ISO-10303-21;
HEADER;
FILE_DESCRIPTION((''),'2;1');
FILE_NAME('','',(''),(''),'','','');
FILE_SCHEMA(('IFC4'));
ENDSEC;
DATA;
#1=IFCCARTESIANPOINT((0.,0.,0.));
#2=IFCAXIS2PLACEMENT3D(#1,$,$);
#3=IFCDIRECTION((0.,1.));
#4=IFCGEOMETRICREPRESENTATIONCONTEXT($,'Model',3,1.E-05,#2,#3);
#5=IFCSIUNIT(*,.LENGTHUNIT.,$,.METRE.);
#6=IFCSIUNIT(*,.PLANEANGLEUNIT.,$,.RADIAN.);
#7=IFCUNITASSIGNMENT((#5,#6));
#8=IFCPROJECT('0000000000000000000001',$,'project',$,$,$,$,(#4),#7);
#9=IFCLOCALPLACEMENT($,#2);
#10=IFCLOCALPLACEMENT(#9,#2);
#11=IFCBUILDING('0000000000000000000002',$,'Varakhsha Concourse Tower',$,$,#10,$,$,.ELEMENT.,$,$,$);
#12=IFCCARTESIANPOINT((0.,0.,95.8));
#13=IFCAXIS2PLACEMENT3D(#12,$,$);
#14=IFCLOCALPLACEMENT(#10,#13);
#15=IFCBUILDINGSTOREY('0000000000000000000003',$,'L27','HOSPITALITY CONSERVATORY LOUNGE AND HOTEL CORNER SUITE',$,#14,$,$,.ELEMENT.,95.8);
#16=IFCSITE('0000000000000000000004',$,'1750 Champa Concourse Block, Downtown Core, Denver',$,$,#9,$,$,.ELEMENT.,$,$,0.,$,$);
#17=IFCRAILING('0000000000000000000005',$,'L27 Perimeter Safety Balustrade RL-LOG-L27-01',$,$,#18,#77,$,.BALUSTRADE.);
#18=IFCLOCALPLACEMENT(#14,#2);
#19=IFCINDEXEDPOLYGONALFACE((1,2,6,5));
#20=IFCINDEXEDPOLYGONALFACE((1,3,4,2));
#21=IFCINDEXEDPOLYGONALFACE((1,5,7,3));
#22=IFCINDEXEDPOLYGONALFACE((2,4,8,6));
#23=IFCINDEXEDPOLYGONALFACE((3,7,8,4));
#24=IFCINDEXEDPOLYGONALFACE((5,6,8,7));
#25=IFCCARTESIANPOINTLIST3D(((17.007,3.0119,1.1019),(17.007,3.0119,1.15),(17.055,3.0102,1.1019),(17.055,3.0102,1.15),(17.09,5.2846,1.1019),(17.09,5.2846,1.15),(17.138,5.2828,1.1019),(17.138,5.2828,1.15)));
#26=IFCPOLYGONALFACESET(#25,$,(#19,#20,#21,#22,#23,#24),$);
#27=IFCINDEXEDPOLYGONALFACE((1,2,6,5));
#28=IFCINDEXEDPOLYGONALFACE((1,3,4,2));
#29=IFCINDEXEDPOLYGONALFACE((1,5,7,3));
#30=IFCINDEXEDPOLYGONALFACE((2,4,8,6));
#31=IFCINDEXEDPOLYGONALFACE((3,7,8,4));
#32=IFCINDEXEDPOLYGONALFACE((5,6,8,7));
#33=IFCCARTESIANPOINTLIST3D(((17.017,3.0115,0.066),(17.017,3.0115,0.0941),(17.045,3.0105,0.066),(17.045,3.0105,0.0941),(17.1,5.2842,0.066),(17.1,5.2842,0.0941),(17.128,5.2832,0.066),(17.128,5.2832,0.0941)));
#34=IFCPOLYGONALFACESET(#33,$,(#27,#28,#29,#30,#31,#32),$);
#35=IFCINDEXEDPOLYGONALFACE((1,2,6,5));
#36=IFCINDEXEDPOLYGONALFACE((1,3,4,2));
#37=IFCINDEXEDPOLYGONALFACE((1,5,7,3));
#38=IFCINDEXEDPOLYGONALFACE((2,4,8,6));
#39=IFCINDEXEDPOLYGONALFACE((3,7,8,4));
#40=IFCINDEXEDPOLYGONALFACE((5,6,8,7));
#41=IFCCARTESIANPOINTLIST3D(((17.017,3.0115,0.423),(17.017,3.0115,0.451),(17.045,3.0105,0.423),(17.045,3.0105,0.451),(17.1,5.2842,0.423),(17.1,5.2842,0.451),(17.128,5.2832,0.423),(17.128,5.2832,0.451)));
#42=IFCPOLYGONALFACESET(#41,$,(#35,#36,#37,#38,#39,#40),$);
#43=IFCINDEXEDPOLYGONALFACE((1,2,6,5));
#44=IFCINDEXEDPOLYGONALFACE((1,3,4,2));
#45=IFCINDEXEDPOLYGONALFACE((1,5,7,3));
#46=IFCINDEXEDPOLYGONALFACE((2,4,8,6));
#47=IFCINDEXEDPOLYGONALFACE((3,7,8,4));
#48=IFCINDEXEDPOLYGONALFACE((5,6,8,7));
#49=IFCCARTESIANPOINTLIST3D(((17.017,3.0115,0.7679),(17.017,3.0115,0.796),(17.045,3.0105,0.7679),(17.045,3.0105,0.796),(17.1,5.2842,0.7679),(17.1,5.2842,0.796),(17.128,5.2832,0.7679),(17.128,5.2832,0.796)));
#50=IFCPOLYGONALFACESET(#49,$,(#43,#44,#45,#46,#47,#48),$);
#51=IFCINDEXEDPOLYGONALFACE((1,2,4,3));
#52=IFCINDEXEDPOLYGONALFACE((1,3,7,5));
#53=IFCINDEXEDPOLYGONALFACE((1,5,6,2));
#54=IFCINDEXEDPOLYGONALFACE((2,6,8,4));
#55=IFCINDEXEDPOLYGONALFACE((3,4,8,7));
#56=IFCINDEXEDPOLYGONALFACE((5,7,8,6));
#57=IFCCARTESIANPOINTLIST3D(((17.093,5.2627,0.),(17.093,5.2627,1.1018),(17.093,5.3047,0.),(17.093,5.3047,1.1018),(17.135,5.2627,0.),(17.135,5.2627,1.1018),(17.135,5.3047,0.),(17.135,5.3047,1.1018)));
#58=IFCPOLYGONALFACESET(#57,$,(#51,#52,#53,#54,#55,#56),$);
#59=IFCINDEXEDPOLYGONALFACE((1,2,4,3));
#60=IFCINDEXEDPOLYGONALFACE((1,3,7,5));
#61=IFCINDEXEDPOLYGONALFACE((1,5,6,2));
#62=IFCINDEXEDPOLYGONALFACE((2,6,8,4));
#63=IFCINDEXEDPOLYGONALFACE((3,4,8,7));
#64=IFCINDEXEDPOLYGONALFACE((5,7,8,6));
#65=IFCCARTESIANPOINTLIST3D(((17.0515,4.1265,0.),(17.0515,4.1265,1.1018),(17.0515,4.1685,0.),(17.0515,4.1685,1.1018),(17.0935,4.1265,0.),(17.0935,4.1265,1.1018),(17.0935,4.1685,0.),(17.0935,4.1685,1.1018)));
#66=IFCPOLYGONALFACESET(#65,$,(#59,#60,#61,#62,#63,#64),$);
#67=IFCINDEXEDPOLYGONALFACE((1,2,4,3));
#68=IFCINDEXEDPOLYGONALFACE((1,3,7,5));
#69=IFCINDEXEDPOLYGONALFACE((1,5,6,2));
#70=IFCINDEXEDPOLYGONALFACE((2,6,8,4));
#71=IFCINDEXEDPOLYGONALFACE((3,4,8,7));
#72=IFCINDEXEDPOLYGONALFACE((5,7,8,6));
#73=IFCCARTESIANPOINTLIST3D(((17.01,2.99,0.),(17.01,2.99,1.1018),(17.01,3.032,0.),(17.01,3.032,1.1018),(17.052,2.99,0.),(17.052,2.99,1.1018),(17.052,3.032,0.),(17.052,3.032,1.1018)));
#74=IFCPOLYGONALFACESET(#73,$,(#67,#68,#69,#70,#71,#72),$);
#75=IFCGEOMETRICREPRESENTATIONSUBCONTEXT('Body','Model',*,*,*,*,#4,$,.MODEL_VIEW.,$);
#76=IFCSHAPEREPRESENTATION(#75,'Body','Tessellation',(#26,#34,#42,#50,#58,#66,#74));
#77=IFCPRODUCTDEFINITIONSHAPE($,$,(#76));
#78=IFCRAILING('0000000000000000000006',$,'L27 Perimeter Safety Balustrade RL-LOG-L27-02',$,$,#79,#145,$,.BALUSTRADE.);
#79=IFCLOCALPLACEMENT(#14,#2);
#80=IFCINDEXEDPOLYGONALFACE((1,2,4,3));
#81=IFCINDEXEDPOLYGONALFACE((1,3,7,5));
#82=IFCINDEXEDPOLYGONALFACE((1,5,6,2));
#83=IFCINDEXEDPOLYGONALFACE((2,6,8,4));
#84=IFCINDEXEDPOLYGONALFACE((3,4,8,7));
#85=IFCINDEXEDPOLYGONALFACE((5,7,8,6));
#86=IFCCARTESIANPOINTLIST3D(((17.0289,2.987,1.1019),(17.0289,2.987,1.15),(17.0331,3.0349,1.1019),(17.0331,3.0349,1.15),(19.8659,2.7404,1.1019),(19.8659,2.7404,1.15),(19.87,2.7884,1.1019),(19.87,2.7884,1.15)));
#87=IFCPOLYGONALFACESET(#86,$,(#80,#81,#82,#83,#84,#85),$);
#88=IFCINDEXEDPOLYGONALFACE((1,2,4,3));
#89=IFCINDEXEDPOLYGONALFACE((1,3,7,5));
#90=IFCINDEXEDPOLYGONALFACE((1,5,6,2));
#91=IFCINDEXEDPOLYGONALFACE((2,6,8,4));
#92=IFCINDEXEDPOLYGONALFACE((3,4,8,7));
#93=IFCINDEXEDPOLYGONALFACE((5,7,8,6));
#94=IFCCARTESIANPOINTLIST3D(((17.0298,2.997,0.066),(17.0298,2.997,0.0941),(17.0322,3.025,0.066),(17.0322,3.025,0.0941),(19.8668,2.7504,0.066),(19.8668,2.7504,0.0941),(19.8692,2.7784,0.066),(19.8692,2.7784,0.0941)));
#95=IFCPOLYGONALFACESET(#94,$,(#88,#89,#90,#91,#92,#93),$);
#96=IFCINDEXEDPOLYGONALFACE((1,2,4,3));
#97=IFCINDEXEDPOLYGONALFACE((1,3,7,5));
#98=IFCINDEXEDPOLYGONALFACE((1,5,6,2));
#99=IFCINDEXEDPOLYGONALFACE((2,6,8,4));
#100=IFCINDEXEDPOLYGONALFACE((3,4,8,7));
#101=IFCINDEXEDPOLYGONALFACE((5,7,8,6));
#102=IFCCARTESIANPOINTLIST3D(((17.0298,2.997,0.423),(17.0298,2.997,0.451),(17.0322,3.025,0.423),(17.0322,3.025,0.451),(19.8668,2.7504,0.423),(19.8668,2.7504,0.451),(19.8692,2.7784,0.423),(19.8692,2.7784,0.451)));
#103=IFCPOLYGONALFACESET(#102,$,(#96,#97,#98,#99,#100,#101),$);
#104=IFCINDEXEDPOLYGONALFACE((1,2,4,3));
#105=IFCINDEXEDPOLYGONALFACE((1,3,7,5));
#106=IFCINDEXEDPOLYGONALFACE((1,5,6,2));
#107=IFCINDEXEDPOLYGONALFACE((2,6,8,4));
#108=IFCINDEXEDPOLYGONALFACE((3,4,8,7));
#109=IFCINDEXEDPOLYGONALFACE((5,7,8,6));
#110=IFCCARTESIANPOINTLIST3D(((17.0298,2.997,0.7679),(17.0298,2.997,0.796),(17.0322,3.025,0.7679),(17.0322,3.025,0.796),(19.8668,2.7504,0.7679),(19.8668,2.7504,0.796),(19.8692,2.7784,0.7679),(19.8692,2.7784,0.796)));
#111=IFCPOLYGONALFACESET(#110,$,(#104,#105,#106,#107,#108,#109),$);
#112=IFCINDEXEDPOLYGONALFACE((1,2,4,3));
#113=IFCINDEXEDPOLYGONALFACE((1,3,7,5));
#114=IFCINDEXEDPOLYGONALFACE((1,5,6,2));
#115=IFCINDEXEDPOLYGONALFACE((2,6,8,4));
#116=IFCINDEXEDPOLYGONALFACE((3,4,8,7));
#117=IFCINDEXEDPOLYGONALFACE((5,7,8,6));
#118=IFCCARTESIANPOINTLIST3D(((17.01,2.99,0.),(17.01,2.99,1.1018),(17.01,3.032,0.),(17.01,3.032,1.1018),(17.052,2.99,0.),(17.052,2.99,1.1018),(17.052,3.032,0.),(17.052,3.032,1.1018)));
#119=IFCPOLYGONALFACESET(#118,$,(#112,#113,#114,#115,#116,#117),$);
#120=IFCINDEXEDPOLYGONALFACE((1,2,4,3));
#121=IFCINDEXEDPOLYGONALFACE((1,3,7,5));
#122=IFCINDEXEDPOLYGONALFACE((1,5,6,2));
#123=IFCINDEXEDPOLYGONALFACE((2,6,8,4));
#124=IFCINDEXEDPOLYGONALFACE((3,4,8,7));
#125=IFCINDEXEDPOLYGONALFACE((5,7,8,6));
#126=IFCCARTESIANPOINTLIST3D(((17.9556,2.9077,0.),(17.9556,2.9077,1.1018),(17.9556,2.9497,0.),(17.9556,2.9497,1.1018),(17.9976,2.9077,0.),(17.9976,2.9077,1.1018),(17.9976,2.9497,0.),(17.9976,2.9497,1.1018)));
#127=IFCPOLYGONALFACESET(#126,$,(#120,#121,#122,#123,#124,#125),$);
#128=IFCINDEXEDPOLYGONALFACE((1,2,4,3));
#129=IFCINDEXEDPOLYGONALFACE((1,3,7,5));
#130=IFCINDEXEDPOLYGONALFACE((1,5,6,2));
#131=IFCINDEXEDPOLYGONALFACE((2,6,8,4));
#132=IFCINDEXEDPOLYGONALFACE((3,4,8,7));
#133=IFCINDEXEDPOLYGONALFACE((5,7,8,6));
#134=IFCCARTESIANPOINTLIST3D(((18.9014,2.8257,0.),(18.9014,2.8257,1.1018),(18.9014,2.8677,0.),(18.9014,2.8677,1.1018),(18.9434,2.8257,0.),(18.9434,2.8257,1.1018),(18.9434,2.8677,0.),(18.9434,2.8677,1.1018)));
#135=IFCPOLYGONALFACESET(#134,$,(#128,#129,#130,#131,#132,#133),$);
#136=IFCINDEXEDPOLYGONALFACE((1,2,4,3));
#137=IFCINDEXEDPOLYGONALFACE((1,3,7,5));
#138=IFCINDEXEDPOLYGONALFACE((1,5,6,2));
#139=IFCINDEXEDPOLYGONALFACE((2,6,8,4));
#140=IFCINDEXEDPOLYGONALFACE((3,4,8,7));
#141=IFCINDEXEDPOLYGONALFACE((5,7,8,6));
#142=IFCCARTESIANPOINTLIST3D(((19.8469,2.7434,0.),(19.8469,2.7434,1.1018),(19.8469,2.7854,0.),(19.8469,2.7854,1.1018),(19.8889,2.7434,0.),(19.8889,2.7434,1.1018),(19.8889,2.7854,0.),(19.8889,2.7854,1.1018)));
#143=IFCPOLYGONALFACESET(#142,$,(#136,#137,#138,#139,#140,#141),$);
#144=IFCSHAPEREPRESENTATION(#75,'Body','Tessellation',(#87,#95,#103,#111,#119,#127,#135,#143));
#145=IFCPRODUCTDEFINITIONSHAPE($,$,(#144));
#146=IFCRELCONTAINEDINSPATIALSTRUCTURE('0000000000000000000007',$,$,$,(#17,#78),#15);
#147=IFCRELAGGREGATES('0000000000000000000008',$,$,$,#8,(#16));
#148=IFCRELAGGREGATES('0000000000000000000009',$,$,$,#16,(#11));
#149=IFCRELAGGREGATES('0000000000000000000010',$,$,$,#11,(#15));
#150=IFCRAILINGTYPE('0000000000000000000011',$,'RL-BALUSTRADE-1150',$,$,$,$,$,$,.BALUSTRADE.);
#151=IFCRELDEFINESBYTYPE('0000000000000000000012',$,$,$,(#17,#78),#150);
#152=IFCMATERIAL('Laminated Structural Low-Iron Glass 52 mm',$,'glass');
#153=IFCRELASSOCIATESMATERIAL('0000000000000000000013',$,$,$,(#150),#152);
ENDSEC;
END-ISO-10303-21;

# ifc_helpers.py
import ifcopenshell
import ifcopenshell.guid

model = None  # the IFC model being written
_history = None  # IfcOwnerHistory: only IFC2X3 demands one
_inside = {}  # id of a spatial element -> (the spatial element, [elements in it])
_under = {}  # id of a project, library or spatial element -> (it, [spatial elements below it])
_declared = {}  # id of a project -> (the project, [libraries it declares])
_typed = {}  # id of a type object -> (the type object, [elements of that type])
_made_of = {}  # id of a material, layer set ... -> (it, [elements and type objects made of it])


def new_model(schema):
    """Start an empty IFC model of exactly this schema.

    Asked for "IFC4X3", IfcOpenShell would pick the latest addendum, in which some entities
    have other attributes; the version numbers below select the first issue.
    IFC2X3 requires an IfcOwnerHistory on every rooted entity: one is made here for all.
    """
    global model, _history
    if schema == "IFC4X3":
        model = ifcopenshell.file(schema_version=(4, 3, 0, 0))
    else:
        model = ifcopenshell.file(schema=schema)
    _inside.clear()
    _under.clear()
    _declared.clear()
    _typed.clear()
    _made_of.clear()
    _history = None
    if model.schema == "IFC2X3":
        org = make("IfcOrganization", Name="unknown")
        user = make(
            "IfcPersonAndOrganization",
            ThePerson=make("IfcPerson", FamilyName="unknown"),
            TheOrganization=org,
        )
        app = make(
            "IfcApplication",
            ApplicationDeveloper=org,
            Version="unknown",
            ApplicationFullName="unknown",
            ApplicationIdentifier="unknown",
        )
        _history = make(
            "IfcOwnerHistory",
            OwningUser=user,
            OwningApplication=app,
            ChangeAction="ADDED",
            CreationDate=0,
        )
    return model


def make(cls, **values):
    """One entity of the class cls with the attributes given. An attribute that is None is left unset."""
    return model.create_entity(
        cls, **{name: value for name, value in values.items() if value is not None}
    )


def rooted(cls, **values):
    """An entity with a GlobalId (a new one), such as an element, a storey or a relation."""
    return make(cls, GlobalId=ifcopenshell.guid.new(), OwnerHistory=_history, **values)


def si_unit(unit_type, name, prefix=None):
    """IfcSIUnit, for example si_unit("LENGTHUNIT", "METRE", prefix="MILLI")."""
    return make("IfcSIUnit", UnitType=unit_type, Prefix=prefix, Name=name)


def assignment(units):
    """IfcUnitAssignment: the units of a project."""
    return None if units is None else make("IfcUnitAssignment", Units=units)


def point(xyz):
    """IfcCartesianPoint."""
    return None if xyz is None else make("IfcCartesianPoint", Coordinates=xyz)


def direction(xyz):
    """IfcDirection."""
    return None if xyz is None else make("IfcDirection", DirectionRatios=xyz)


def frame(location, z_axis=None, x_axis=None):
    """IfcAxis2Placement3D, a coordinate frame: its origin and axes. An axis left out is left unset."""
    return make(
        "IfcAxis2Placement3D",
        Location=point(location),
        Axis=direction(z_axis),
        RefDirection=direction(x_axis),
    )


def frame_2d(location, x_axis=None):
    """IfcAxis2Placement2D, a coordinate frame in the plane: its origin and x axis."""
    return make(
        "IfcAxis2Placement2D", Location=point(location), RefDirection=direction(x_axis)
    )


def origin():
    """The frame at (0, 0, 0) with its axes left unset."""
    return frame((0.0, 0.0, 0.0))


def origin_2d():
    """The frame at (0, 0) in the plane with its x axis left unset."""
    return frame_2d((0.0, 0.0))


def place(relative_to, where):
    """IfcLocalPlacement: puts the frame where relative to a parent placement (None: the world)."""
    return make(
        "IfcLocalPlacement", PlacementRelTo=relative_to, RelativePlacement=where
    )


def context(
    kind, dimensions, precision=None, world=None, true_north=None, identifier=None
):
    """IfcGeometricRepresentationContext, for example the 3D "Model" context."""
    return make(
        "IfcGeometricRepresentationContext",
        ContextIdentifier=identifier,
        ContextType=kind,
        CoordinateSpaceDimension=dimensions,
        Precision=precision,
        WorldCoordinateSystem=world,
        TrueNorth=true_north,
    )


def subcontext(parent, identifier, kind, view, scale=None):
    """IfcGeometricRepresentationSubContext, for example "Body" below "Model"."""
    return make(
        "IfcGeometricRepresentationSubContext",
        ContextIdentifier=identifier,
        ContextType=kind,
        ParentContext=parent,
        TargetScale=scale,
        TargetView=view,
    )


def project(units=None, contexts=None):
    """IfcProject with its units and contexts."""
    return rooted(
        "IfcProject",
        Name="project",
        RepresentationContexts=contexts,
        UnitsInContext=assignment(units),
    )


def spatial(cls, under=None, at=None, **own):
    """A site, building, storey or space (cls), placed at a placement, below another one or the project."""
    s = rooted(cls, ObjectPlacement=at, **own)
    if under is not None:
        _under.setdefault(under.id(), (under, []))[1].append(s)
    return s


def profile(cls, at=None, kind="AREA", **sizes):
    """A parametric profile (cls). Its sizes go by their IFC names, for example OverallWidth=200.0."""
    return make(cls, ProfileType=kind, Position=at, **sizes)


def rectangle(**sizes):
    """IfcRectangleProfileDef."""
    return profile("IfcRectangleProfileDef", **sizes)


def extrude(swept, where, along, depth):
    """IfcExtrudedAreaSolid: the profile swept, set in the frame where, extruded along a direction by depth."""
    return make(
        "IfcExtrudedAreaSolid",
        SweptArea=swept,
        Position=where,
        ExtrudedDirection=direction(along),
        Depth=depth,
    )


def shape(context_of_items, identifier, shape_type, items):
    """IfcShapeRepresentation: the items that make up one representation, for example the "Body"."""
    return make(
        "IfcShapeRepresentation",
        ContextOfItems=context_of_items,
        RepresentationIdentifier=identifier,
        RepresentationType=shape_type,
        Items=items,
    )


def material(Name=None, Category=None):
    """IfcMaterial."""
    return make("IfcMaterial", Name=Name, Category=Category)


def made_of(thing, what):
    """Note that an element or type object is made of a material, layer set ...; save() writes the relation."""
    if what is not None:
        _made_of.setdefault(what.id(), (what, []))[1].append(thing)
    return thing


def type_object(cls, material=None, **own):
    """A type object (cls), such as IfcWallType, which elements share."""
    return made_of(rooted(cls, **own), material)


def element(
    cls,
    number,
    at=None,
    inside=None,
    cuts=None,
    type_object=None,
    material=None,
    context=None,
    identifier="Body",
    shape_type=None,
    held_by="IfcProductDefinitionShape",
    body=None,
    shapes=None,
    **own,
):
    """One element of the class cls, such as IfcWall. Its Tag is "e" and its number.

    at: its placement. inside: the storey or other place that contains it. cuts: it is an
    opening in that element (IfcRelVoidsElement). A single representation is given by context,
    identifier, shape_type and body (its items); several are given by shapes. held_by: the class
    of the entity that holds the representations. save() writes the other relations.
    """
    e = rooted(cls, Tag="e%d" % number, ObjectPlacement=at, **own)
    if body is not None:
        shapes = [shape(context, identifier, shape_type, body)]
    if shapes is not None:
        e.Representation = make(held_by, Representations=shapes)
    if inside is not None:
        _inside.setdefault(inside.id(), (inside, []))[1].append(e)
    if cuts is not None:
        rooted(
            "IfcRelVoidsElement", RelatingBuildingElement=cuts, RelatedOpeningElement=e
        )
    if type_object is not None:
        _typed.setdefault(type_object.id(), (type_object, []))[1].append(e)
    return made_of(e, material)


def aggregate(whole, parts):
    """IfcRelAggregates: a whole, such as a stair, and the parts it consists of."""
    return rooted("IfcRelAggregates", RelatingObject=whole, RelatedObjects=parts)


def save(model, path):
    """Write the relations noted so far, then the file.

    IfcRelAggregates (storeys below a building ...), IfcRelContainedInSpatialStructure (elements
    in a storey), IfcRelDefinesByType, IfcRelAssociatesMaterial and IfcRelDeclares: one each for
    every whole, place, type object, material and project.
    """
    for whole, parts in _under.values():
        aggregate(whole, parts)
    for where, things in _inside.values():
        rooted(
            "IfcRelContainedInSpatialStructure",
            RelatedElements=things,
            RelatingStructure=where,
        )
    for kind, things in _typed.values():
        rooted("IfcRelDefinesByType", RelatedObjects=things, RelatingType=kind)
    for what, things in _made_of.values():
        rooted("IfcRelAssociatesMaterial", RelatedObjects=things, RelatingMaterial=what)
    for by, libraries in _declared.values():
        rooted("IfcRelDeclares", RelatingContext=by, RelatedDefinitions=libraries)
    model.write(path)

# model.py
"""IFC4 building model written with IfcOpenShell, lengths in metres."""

from ifc_helpers import new_model, si_unit, direction, frame, origin, origin_2d, place, context, subcontext, project, spatial, rectangle, extrude, material, type_object, element, save


model = new_model("IFC4")

# Units and contexts
model_context = context("Model", 3, precision=1e-05, world=origin(), true_north=direction((0.0, 1.0)))
body_context = subcontext(model_context, "Body", "Model", "MODEL_VIEW")
ifc_project = project(units=[si_unit("LENGTHUNIT", "METRE"), si_unit("PLANEANGLEUNIT", "RADIAN")], contexts=[model_context])

# Site, building, storey
site_placement = place(None, origin())
site = spatial("IfcSite", under=ifc_project, at=site_placement, Name="1750 Champa Concourse Block, Downtown Core, Denver", CompositionType="ELEMENT", RefElevation=0.0)
building_placement = place(site_placement, origin())
building = spatial("IfcBuilding", under=site, at=building_placement, Name="Varakhsha Concourse Tower", CompositionType="ELEMENT")
storey_placement = place(building_placement, frame((0.0, 0.0, 95.8)))
storey = spatial("IfcBuildingStorey", under=building, at=storey_placement, Name="L27", Description="HOSPITALITY CONSERVATORY LOUNGE AND HOTEL CORNER SUITE", CompositionType="ELEMENT", Elevation=95.8)

# Railings
ifc_material_1 = material(Name="Laminated Structural Low-Iron Glass 52 mm", Category="glass")
railing_type = type_object("IfcRailingType", Name="RL-BALUSTRADE-1150", PredefinedType="BALUSTRADE", material=ifc_material_1)
railing_1_placement = place(storey_placement, frame((17.114, 5.2837, 0.0)))
element("IfcRailing", 1, at=railing_1_placement, inside=storey, type_object=railing_type, Name="L27 Perimeter Safety Balustrade RL-LOG-L27-01", PredefinedType="BALUSTRADE", context=body_context, shape_type="SweptSolid", body=[
    extrude(rectangle(XDim=0.0481, YDim=0.0481, at=origin_2d()), frame((0.0, 0.0, 1.126), z_axis=(-0.036499, -0.999334, 0.0), x_axis=(0.999334, -0.036499, 0.0)), (0.0, 0.0, 1.0), 2.2742),
    extrude(rectangle(XDim=0.0281, YDim=0.0281, at=origin_2d()), frame((0.0, 0.0, 0.0801), z_axis=(-0.036499, -0.999334, 0.0), x_axis=(0.999334, -0.036499, 0.0)), (0.0, 0.0, 1.0), 2.2742),
    extrude(rectangle(XDim=0.0281, YDim=0.0281, at=origin_2d()), frame((0.0, 0.0, 0.437), z_axis=(-0.036499, -0.999334, 0.0), x_axis=(0.999334, -0.036499, 0.0)), (0.0, 0.0, 1.0), 2.2742),
    extrude(rectangle(XDim=0.0281, YDim=0.0281, at=origin_2d()), frame((0.0, 0.0, 0.782), z_axis=(-0.036499, -0.999334, 0.0), x_axis=(0.999334, -0.036499, 0.0)), (0.0, 0.0, 1.0), 2.2742),
    extrude(rectangle(XDim=0.042, YDim=0.042, at=origin_2d()), origin(), (0.0, 0.0, 1.0), 1.1018),
    extrude(rectangle(XDim=0.042, YDim=0.042, at=origin_2d()), frame((-0.0415, -1.1362, 0.0)), (0.0, 0.0, 1.0), 1.1018),
    extrude(rectangle(XDim=0.042, YDim=0.042, at=origin_2d()), frame((-0.083, -2.2727, 0.0)), (0.0, 0.0, 1.0), 1.1018),
])
railing_2_placement = place(storey_placement, frame((17.031, 3.011, 0.0)))
element("IfcRailing", 2, at=railing_2_placement, inside=storey, type_object=railing_type, Name="L27 Perimeter Safety Balustrade RL-LOG-L27-02", PredefinedType="BALUSTRADE", context=body_context, shape_type="SweptSolid", body=[
    extrude(rectangle(XDim=0.0481, YDim=0.0481, at=origin_2d()), frame((0.0, 0.0, 1.126), z_axis=(0.996244, -0.086593, 0.0), x_axis=(0.086593, 0.996244, 0.0)), (0.0, 0.0, 1.0), 2.8477),
    extrude(rectangle(XDim=0.0281, YDim=0.0281, at=origin_2d()), frame((0.0, 0.0, 0.0801), z_axis=(0.996244, -0.086593, 0.0), x_axis=(0.086593, 0.996244, 0.0)), (0.0, 0.0, 1.0), 2.8477),
    extrude(rectangle(XDim=0.0281, YDim=0.0281, at=origin_2d()), frame((0.0, 0.0, 0.437), z_axis=(0.996244, -0.086593, 0.0), x_axis=(0.086593, 0.996244, 0.0)), (0.0, 0.0, 1.0), 2.8477),
    extrude(rectangle(XDim=0.0281, YDim=0.0281, at=origin_2d()), frame((0.0, 0.0, 0.782), z_axis=(0.996244, -0.086593, 0.0), x_axis=(0.086593, 0.996244, 0.0)), (0.0, 0.0, 1.0), 2.8477),
    extrude(rectangle(XDim=0.042, YDim=0.042, at=origin_2d()), origin(), (0.0, 0.0, 1.0), 1.1018),
    extrude(rectangle(XDim=0.042, YDim=0.042, at=origin_2d()), frame((0.9456, -0.0823, 0.0)), (0.0, 0.0, 1.0), 1.1018),
    extrude(rectangle(XDim=0.042, YDim=0.042, at=origin_2d()), frame((1.8914, -0.1643, 0.0)), (0.0, 0.0, 1.0), 1.1018),
    extrude(rectangle(XDim=0.042, YDim=0.042, at=origin_2d()), frame((2.8369, -0.2466, 0.0)), (0.0, 0.0, 1.0), 1.1018),
])

save(model, "model.ifc")
